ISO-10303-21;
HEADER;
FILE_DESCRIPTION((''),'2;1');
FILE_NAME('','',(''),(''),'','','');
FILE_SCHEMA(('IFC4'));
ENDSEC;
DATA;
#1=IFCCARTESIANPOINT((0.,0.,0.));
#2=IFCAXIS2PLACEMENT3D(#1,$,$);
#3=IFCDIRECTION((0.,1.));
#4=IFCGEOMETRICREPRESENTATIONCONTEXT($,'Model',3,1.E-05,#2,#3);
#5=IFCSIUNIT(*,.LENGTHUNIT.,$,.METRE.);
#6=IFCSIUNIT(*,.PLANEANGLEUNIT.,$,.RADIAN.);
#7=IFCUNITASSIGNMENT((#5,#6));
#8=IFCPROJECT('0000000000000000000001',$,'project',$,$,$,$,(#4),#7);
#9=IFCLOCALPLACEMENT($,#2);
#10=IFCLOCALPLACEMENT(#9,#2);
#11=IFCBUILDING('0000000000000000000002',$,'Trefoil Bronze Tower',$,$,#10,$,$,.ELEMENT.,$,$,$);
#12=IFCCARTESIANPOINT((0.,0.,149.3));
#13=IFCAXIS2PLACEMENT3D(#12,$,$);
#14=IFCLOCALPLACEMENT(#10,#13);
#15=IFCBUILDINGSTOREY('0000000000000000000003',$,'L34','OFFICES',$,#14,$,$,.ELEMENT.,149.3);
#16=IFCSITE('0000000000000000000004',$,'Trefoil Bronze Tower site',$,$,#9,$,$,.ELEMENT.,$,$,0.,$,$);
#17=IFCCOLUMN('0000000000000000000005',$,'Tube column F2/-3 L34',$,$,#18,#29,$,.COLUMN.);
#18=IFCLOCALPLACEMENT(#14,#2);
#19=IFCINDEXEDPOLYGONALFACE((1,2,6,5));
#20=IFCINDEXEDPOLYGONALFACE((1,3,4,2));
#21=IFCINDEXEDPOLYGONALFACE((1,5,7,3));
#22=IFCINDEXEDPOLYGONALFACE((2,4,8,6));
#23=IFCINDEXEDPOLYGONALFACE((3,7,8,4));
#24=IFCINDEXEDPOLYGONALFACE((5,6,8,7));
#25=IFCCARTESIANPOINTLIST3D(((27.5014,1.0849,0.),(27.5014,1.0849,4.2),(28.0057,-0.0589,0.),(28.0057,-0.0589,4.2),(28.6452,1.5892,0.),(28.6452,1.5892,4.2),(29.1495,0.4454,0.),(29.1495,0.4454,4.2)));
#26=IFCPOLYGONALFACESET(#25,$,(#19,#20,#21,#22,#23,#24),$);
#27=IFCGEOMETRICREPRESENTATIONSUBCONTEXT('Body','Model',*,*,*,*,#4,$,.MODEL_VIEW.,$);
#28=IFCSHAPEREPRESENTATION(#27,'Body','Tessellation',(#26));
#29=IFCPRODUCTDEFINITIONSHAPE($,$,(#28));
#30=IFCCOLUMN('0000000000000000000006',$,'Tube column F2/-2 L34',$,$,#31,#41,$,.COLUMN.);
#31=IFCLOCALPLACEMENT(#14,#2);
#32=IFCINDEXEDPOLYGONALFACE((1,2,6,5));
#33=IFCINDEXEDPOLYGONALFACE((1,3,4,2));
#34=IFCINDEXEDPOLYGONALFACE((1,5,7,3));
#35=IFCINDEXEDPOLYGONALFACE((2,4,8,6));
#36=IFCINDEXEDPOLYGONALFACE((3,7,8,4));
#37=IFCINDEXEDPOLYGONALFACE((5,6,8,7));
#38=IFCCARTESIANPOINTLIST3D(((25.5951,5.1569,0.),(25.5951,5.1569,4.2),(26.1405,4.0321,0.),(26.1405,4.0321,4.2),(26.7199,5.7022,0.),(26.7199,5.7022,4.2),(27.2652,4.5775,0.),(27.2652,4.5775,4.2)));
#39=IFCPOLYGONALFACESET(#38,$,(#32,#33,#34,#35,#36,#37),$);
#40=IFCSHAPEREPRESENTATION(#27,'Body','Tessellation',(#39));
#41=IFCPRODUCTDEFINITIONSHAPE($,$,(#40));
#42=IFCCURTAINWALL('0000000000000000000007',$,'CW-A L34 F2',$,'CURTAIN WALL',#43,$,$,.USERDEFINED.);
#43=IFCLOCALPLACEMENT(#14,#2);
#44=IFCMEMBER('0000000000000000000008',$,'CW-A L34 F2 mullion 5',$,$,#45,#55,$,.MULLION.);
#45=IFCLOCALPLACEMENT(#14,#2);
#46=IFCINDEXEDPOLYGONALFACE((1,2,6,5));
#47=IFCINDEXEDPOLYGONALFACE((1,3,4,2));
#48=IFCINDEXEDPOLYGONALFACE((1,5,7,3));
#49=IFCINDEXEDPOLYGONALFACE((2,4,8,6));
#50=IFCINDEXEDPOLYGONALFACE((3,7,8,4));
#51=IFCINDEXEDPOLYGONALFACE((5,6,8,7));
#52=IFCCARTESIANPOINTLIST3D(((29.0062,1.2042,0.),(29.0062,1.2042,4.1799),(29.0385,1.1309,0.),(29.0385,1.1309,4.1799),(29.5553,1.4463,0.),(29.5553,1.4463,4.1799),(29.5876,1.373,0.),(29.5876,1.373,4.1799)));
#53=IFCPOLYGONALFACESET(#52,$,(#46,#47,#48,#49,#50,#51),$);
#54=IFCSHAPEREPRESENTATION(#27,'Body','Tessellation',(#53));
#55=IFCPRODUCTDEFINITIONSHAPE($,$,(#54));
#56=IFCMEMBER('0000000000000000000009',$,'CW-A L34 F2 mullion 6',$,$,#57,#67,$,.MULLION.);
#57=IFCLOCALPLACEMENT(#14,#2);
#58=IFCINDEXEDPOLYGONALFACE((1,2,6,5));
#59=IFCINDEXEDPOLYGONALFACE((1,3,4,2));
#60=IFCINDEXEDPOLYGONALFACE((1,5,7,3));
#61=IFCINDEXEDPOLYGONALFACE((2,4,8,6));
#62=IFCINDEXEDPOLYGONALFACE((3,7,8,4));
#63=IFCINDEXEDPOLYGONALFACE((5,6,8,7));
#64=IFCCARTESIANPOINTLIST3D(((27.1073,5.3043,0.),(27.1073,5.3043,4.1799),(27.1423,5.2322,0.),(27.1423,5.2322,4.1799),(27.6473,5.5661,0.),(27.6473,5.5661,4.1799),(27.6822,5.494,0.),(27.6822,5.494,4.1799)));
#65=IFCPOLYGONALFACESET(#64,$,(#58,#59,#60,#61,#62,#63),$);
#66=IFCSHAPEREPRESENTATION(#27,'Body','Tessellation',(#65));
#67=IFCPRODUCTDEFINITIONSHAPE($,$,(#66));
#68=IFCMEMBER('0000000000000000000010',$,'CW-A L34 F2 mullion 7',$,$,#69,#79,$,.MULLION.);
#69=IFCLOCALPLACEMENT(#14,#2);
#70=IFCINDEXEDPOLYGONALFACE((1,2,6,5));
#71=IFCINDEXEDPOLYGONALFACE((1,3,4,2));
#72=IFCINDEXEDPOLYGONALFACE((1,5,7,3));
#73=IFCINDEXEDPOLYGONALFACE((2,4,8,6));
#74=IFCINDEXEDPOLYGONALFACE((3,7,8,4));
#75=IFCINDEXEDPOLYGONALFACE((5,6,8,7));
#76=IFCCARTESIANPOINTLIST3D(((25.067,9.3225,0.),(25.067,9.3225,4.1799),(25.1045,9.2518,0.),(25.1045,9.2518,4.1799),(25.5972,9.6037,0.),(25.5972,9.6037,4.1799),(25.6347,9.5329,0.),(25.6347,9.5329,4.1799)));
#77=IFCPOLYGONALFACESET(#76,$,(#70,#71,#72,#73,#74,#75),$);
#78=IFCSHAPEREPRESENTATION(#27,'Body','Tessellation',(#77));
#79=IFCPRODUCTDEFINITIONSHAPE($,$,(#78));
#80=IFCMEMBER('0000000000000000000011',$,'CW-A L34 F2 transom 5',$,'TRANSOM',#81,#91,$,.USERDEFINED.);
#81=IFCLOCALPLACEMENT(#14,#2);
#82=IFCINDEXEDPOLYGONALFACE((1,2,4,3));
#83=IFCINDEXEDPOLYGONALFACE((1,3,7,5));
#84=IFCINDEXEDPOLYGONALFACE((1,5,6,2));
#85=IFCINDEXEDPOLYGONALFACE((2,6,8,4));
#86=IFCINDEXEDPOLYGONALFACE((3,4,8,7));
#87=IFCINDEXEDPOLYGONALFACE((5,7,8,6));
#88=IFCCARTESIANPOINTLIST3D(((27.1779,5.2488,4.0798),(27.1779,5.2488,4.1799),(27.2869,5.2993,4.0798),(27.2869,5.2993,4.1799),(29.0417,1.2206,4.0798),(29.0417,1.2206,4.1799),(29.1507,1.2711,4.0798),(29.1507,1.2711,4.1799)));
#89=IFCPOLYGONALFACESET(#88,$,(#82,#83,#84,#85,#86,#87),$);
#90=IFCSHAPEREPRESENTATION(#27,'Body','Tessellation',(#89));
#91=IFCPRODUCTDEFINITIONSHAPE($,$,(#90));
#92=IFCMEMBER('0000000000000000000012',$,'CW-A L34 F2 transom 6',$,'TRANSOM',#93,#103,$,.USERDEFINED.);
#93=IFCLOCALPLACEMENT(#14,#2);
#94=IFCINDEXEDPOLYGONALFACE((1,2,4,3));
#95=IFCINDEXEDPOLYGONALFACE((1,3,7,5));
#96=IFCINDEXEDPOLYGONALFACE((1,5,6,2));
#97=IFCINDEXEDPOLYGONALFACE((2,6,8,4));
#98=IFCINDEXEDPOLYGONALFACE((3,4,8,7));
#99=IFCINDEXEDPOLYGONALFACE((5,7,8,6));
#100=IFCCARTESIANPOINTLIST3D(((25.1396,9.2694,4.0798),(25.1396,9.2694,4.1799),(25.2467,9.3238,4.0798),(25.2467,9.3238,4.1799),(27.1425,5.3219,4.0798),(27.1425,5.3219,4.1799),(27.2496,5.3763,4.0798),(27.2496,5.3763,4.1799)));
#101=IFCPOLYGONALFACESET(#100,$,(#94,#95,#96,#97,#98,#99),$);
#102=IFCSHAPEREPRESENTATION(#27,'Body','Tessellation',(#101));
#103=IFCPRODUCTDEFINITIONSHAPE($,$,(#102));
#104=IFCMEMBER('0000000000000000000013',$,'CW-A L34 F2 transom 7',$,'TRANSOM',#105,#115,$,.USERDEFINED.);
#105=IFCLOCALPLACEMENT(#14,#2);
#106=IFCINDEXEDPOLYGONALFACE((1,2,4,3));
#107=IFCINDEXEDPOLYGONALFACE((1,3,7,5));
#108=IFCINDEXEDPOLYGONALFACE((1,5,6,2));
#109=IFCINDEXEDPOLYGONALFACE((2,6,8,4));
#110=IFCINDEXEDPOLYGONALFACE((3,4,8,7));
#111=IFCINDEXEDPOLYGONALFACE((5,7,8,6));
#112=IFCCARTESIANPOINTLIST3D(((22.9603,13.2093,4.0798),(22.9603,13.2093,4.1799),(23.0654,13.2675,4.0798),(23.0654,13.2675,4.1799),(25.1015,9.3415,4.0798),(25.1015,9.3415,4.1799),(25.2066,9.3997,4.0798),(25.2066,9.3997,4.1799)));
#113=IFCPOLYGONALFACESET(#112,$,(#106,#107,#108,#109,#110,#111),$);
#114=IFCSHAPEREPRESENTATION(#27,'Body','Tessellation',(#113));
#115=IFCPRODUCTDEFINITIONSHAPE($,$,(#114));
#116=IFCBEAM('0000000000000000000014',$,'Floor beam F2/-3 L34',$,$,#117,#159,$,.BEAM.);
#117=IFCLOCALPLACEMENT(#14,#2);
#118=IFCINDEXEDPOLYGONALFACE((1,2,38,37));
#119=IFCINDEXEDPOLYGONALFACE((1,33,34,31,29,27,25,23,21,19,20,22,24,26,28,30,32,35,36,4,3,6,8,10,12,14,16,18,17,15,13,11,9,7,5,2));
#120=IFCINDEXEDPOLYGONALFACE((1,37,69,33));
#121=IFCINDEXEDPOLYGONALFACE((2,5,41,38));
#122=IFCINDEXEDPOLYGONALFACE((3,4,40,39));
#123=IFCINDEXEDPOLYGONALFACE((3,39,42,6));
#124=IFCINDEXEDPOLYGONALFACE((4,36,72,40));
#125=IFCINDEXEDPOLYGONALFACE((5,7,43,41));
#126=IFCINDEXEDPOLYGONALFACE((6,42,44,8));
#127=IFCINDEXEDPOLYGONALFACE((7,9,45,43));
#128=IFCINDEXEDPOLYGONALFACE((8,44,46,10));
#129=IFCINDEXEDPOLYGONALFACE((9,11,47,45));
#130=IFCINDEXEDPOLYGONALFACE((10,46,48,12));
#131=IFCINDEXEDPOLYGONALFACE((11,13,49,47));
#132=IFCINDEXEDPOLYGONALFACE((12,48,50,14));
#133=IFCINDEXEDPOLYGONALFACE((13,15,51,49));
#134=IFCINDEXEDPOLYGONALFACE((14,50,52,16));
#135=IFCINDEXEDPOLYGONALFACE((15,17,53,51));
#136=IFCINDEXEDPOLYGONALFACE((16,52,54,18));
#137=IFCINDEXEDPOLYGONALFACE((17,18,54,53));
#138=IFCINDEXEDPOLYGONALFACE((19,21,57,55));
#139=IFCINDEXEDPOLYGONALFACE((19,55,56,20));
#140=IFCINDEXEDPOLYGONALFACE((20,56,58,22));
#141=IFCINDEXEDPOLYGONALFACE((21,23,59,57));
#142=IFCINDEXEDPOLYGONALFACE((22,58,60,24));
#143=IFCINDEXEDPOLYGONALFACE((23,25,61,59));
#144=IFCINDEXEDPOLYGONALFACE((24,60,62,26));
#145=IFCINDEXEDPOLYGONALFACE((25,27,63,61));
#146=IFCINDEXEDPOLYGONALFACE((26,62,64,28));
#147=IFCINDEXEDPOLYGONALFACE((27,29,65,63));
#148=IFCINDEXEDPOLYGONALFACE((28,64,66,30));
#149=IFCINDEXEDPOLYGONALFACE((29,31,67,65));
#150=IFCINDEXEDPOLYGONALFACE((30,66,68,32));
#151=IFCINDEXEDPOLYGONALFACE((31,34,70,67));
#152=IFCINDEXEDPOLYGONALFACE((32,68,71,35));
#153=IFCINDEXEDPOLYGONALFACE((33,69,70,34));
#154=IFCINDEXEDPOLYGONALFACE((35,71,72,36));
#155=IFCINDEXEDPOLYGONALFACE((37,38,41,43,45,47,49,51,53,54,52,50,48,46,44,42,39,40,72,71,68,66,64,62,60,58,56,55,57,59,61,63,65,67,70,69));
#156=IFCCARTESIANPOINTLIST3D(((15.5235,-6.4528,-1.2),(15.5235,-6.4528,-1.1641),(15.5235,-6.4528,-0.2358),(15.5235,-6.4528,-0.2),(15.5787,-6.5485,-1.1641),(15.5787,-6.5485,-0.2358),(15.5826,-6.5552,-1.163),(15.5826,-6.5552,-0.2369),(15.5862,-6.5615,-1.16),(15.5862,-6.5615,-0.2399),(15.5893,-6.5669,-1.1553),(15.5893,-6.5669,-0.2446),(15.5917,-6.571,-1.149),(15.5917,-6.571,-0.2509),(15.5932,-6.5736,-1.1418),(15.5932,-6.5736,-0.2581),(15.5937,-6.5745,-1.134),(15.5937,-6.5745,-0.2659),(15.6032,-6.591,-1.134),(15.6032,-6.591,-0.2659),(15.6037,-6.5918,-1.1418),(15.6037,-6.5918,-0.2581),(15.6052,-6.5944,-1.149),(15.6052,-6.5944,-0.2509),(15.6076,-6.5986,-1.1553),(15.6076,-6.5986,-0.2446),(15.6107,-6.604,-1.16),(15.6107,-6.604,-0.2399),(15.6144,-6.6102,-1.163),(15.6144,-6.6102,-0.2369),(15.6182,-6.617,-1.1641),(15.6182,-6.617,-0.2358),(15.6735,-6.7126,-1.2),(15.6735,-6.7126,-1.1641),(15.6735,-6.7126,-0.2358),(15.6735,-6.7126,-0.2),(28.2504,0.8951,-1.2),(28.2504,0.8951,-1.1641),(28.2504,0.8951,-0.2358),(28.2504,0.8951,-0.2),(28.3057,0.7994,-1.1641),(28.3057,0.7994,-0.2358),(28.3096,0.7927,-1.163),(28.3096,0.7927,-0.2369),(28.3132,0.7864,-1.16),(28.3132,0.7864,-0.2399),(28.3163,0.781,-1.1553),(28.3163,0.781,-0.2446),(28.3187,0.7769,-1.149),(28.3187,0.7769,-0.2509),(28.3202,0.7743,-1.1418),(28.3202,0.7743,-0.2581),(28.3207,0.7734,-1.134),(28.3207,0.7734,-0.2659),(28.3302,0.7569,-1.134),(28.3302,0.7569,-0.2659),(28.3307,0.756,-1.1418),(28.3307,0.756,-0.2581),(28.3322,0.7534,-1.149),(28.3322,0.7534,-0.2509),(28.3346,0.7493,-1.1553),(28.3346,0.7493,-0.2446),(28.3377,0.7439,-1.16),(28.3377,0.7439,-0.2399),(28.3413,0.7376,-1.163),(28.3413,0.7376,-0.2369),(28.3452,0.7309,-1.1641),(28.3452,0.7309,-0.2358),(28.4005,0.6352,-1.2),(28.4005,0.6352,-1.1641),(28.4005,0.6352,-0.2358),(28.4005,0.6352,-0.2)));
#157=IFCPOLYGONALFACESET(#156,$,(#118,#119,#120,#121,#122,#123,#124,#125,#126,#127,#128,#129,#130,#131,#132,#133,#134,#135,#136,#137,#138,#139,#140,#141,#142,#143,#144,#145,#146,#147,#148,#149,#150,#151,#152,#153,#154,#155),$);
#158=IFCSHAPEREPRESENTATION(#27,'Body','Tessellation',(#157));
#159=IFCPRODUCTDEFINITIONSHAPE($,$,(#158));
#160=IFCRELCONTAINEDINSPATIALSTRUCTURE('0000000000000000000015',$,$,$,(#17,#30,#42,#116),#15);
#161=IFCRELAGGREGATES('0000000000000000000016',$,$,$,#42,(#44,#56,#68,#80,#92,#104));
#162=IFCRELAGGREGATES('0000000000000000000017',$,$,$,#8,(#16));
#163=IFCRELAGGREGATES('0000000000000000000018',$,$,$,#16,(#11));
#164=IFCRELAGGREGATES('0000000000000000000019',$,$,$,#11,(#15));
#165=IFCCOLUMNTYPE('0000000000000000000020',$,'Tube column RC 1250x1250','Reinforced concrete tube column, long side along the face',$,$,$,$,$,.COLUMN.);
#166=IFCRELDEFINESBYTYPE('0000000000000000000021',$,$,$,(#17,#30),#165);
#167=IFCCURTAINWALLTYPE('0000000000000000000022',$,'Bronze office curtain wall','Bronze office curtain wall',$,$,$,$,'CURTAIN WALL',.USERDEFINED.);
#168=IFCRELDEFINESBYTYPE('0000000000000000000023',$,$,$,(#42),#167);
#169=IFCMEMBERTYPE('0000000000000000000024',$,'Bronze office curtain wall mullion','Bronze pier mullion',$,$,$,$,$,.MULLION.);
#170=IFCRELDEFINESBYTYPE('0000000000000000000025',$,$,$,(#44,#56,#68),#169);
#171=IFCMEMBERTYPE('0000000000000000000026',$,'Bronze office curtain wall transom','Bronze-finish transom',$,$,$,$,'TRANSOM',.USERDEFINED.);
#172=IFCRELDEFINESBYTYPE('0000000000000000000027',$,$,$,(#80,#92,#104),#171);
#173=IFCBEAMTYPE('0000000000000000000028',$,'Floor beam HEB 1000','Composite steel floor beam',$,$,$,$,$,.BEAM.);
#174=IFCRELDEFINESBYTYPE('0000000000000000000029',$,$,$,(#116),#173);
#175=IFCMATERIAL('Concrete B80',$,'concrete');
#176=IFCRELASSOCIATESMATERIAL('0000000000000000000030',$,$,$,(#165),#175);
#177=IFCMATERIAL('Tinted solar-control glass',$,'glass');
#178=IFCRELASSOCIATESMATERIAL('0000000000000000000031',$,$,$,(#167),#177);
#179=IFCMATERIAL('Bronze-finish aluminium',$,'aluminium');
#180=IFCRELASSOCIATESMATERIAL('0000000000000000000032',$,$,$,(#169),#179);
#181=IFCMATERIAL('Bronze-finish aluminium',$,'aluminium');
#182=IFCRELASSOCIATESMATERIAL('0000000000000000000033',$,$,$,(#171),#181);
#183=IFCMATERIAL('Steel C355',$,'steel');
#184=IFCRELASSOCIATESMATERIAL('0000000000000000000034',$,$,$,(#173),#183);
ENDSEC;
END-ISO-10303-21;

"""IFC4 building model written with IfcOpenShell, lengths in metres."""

from ifc_helpers import new_model, si_unit, direction, frame, origin, origin_2d, place, context, subcontext, project, spatial, rectangle, i_section, extrude, material, material_profile, profile_set, type_object, element, aggregate, save


model = new_model("IFC4")

# Units and contexts
model_context = context("Model", 3, precision=1e-05, world=origin(), true_north=direction((0.0, 1.0)))
body_context = subcontext(model_context, "Body", "Model", "MODEL_VIEW")
ifc_project = project(units=[si_unit("LENGTHUNIT", "METRE"), si_unit("PLANEANGLEUNIT", "RADIAN")], contexts=[model_context])

# Site, building, storey
site_placement = place(None, origin())
site = spatial("IfcSite", under=ifc_project, at=site_placement, Name="Trefoil Bronze Tower site", CompositionType="ELEMENT", RefElevation=0.0)
building_placement = place(site_placement, origin())
building = spatial("IfcBuilding", under=site, at=building_placement, Name="Trefoil Bronze Tower", CompositionType="ELEMENT")
storey_placement = place(building_placement, frame((0.0, 0.0, 149.3)))
storey = spatial("IfcBuildingStorey", under=building, at=storey_placement, Name="L34", Description="OFFICES", CompositionType="ELEMENT", Elevation=149.3)

# Columns
ifc_material_1 = material(Name="Concrete B80", Category="concrete")
ifc_material_profile_1 = material_profile(ifc_material_1, rectangle(XDim=1.25, YDim=1.25, at=origin_2d()), Name="RC 1250x1250")
ifc_profile_set_1 = profile_set([ifc_material_profile_1], Name="Concrete B80")
column_type = type_object("IfcColumnType", Name="Tube column RC 1250x1250", Description="Reinforced concrete tube column, long side along the face", PredefinedType="COLUMN", material=ifc_profile_set_1)
for number, where, z_axis, x_axis, name in (
    (1, (28.3254, 0.7651, 0.0), (0.0, 0.0, 1.0), (-0.403412, 0.915018, 0.0), "Tube column F2/-3 L34"),
    (2, (26.4302, 4.8672, 0.0), (0.0, 0.0, 1.0), (-0.436262, 0.89982, 0.0), "Tube column F2/-2 L34"),
):
    element("IfcColumn", number, at=place(storey_placement, frame(where, z_axis=z_axis, x_axis=x_axis)), inside=storey, type_object=column_type, Name=name, PredefinedType="COLUMN", context=body_context, shape_type="SweptSolid", body=[
        extrude(rectangle(XDim=1.25, YDim=1.25, at=origin_2d()), origin(), (0.0, 0.0, 1.0), 4.2),
    ])

# Curtain wall, members
ifc_material_2 = material(Name="Tinted solar-control glass", Category="glass")
curtain_wall_type = type_object("IfcCurtainWallType", Name="Bronze office curtain wall", Description="Bronze office curtain wall", ElementType="CURTAIN WALL", PredefinedType="USERDEFINED", material=ifc_material_2)
curtain_wall_placement = place(storey_placement, origin())
curtain_wall = element("IfcCurtainWall", 3, at=curtain_wall_placement, inside=storey, type_object=curtain_wall_type, Name="CW-A L34 F2", ObjectType="CURTAIN WALL", PredefinedType="USERDEFINED")
ifc_material_3 = material(Name="Bronze-finish aluminium", Category="aluminium")
ifc_material_profile_2 = material_profile(ifc_material_3, rectangle(XDim=0.6001, YDim=0.0801, at=origin_2d()), Name="CW-A mullion")
ifc_profile_set_2 = profile_set([ifc_material_profile_2], Name="Bronze-finish aluminium")
member_type_1 = type_object("IfcMemberType", Name="Bronze office curtain wall mullion", Description="Bronze pier mullion", PredefinedType="MULLION", material=ifc_profile_set_2)
member_1_placement = place(storey_placement, frame((29.2969, 1.2886, 0.0), z_axis=(0.0, 0.0, 1.0), x_axis=(-0.915018, -0.403412, 0.0)))
member_1 = element("IfcMember", 4, at=member_1_placement, type_object=member_type_1, Name="CW-A L34 F2 mullion 5", PredefinedType="MULLION", context=body_context, shape_type="SweptSolid", body=[
    extrude(rectangle(XDim=0.6001, YDim=0.0801, at=origin_2d()), origin(), (0.0, 0.0, 1.0), 4.1799),
])
member_2_placement = place(storey_placement, frame((27.3948, 5.3992, 0.0), z_axis=(0.0, 0.0, 1.0), x_axis=(-0.89982, -0.436262, 0.0)))
member_2 = element("IfcMember", 5, at=member_2_placement, type_object=member_type_1, Name="CW-A L34 F2 mullion 6", PredefinedType="MULLION", context=body_context, shape_type="SweptSolid", body=[
    extrude(rectangle(XDim=0.6001, YDim=0.0801, at=origin_2d()), origin(), (0.0, 0.0, 1.0), 4.1799),
])
member_3_placement = place(storey_placement, frame((25.3508, 9.4277, 0.0), z_axis=(0.0, 0.0, 1.0), x_axis=(-0.883486, -0.468457, 0.0)))
member_3 = element("IfcMember", 6, at=member_3_placement, type_object=member_type_1, Name="CW-A L34 F2 mullion 7", PredefinedType="MULLION", context=body_context, shape_type="SweptSolid", body=[
    extrude(rectangle(XDim=0.6001, YDim=0.0801, at=origin_2d()), origin(), (0.0, 0.0, 1.0), 4.1799),
])
ifc_material_4 = material(Name="Bronze-finish aluminium", Category="aluminium")
ifc_material_profile_3 = material_profile(ifc_material_4, rectangle(XDim=0.1201, YDim=0.1001, at=origin_2d()), Name="CW-A transom")
ifc_profile_set_3 = profile_set([ifc_material_profile_3], Name="Bronze-finish aluminium")
member_type_2 = type_object("IfcMemberType", Name="Bronze office curtain wall transom", Description="Bronze-finish transom", ElementType="TRANSOM", PredefinedType="USERDEFINED", material=ifc_profile_set_3)
member_4_placement = place(storey_placement, frame((29.0962, 1.2458, 4.1299), z_axis=(-0.419923, 0.90756, 0.0), x_axis=(-0.90756, -0.419923, 0.0)))
member_4 = element("IfcMember", 7, at=member_4_placement, type_object=member_type_2, Name="CW-A L34 F2 transom 5", ObjectType="TRANSOM", PredefinedType="USERDEFINED", context=body_context, shape_type="SweptSolid", body=[
    extrude(rectangle(XDim=0.1201, YDim=0.1001, at=origin_2d()), origin(), (0.0, 0.0, 1.0), 4.4385),
])
member_5_placement = place(storey_placement, frame((27.196, 5.3491, 4.1299), z_axis=(-0.452478, 0.891775, 0.0), x_axis=(-0.891775, -0.452478, 0.0)))
member_5 = element("IfcMember", 8, at=member_5_placement, type_object=member_type_2, Name="CW-A L34 F2 transom 6", ObjectType="TRANSOM", PredefinedType="USERDEFINED", context=body_context, shape_type="SweptSolid", body=[
    extrude(rectangle(XDim=0.1201, YDim=0.1001, at=origin_2d()), origin(), (0.0, 0.0, 1.0), 4.4265),
])
member_6_placement = place(storey_placement, frame((25.1541, 9.3706, 4.1299), z_axis=(-0.484329, 0.874886, 0.0), x_axis=(-0.874886, -0.484329, 0.0)))
member_6 = element("IfcMember", 9, at=member_6_placement, type_object=member_type_2, Name="CW-A L34 F2 transom 7", ObjectType="TRANSOM", PredefinedType="USERDEFINED", context=body_context, shape_type="SweptSolid", body=[
    extrude(rectangle(XDim=0.1201, YDim=0.1001, at=origin_2d()), origin(), (0.0, 0.0, 1.0), 4.4209),
])

# Beam
ifc_material_5 = material(Name="Steel C355", Category="steel")
ifc_material_profile_4 = material_profile(ifc_material_5, i_section(OverallWidth=0.3, OverallDepth=1.0, WebThickness=0.019, FlangeThickness=0.0359, FilletRadius=0.03, at=origin_2d()), Name="HEB 1000")
ifc_profile_set_4 = profile_set([ifc_material_profile_4], Name="Steel C355")
beam_type_1 = type_object("IfcBeamType", Name="Floor beam HEB 1000", Description="Composite steel floor beam", PredefinedType="BEAM", material=ifc_profile_set_4)
beam_1_placement = place(storey_placement, frame((28.3254, 0.7651, -0.7), z_axis=(-0.866027, -0.499997, 0.0), x_axis=(0.499997, -0.866027, 0.0)))
element("IfcBeam", 10, at=beam_1_placement, inside=storey, type_object=beam_type_1, Name="Floor beam F2/-3 L34", PredefinedType="BEAM", context=body_context, shape_type="SweptSolid", body=[
    extrude(i_section(OverallWidth=0.3, OverallDepth=1.0, WebThickness=0.019, FlangeThickness=0.0359, FilletRadius=0.03, at=origin_2d()), origin(), (0.0, 0.0, 1.0), 14.6958),
])

aggregate(curtain_wall, [member_1, member_2, member_3, member_4, member_5, member_6])

save(model, "model.ifc")
